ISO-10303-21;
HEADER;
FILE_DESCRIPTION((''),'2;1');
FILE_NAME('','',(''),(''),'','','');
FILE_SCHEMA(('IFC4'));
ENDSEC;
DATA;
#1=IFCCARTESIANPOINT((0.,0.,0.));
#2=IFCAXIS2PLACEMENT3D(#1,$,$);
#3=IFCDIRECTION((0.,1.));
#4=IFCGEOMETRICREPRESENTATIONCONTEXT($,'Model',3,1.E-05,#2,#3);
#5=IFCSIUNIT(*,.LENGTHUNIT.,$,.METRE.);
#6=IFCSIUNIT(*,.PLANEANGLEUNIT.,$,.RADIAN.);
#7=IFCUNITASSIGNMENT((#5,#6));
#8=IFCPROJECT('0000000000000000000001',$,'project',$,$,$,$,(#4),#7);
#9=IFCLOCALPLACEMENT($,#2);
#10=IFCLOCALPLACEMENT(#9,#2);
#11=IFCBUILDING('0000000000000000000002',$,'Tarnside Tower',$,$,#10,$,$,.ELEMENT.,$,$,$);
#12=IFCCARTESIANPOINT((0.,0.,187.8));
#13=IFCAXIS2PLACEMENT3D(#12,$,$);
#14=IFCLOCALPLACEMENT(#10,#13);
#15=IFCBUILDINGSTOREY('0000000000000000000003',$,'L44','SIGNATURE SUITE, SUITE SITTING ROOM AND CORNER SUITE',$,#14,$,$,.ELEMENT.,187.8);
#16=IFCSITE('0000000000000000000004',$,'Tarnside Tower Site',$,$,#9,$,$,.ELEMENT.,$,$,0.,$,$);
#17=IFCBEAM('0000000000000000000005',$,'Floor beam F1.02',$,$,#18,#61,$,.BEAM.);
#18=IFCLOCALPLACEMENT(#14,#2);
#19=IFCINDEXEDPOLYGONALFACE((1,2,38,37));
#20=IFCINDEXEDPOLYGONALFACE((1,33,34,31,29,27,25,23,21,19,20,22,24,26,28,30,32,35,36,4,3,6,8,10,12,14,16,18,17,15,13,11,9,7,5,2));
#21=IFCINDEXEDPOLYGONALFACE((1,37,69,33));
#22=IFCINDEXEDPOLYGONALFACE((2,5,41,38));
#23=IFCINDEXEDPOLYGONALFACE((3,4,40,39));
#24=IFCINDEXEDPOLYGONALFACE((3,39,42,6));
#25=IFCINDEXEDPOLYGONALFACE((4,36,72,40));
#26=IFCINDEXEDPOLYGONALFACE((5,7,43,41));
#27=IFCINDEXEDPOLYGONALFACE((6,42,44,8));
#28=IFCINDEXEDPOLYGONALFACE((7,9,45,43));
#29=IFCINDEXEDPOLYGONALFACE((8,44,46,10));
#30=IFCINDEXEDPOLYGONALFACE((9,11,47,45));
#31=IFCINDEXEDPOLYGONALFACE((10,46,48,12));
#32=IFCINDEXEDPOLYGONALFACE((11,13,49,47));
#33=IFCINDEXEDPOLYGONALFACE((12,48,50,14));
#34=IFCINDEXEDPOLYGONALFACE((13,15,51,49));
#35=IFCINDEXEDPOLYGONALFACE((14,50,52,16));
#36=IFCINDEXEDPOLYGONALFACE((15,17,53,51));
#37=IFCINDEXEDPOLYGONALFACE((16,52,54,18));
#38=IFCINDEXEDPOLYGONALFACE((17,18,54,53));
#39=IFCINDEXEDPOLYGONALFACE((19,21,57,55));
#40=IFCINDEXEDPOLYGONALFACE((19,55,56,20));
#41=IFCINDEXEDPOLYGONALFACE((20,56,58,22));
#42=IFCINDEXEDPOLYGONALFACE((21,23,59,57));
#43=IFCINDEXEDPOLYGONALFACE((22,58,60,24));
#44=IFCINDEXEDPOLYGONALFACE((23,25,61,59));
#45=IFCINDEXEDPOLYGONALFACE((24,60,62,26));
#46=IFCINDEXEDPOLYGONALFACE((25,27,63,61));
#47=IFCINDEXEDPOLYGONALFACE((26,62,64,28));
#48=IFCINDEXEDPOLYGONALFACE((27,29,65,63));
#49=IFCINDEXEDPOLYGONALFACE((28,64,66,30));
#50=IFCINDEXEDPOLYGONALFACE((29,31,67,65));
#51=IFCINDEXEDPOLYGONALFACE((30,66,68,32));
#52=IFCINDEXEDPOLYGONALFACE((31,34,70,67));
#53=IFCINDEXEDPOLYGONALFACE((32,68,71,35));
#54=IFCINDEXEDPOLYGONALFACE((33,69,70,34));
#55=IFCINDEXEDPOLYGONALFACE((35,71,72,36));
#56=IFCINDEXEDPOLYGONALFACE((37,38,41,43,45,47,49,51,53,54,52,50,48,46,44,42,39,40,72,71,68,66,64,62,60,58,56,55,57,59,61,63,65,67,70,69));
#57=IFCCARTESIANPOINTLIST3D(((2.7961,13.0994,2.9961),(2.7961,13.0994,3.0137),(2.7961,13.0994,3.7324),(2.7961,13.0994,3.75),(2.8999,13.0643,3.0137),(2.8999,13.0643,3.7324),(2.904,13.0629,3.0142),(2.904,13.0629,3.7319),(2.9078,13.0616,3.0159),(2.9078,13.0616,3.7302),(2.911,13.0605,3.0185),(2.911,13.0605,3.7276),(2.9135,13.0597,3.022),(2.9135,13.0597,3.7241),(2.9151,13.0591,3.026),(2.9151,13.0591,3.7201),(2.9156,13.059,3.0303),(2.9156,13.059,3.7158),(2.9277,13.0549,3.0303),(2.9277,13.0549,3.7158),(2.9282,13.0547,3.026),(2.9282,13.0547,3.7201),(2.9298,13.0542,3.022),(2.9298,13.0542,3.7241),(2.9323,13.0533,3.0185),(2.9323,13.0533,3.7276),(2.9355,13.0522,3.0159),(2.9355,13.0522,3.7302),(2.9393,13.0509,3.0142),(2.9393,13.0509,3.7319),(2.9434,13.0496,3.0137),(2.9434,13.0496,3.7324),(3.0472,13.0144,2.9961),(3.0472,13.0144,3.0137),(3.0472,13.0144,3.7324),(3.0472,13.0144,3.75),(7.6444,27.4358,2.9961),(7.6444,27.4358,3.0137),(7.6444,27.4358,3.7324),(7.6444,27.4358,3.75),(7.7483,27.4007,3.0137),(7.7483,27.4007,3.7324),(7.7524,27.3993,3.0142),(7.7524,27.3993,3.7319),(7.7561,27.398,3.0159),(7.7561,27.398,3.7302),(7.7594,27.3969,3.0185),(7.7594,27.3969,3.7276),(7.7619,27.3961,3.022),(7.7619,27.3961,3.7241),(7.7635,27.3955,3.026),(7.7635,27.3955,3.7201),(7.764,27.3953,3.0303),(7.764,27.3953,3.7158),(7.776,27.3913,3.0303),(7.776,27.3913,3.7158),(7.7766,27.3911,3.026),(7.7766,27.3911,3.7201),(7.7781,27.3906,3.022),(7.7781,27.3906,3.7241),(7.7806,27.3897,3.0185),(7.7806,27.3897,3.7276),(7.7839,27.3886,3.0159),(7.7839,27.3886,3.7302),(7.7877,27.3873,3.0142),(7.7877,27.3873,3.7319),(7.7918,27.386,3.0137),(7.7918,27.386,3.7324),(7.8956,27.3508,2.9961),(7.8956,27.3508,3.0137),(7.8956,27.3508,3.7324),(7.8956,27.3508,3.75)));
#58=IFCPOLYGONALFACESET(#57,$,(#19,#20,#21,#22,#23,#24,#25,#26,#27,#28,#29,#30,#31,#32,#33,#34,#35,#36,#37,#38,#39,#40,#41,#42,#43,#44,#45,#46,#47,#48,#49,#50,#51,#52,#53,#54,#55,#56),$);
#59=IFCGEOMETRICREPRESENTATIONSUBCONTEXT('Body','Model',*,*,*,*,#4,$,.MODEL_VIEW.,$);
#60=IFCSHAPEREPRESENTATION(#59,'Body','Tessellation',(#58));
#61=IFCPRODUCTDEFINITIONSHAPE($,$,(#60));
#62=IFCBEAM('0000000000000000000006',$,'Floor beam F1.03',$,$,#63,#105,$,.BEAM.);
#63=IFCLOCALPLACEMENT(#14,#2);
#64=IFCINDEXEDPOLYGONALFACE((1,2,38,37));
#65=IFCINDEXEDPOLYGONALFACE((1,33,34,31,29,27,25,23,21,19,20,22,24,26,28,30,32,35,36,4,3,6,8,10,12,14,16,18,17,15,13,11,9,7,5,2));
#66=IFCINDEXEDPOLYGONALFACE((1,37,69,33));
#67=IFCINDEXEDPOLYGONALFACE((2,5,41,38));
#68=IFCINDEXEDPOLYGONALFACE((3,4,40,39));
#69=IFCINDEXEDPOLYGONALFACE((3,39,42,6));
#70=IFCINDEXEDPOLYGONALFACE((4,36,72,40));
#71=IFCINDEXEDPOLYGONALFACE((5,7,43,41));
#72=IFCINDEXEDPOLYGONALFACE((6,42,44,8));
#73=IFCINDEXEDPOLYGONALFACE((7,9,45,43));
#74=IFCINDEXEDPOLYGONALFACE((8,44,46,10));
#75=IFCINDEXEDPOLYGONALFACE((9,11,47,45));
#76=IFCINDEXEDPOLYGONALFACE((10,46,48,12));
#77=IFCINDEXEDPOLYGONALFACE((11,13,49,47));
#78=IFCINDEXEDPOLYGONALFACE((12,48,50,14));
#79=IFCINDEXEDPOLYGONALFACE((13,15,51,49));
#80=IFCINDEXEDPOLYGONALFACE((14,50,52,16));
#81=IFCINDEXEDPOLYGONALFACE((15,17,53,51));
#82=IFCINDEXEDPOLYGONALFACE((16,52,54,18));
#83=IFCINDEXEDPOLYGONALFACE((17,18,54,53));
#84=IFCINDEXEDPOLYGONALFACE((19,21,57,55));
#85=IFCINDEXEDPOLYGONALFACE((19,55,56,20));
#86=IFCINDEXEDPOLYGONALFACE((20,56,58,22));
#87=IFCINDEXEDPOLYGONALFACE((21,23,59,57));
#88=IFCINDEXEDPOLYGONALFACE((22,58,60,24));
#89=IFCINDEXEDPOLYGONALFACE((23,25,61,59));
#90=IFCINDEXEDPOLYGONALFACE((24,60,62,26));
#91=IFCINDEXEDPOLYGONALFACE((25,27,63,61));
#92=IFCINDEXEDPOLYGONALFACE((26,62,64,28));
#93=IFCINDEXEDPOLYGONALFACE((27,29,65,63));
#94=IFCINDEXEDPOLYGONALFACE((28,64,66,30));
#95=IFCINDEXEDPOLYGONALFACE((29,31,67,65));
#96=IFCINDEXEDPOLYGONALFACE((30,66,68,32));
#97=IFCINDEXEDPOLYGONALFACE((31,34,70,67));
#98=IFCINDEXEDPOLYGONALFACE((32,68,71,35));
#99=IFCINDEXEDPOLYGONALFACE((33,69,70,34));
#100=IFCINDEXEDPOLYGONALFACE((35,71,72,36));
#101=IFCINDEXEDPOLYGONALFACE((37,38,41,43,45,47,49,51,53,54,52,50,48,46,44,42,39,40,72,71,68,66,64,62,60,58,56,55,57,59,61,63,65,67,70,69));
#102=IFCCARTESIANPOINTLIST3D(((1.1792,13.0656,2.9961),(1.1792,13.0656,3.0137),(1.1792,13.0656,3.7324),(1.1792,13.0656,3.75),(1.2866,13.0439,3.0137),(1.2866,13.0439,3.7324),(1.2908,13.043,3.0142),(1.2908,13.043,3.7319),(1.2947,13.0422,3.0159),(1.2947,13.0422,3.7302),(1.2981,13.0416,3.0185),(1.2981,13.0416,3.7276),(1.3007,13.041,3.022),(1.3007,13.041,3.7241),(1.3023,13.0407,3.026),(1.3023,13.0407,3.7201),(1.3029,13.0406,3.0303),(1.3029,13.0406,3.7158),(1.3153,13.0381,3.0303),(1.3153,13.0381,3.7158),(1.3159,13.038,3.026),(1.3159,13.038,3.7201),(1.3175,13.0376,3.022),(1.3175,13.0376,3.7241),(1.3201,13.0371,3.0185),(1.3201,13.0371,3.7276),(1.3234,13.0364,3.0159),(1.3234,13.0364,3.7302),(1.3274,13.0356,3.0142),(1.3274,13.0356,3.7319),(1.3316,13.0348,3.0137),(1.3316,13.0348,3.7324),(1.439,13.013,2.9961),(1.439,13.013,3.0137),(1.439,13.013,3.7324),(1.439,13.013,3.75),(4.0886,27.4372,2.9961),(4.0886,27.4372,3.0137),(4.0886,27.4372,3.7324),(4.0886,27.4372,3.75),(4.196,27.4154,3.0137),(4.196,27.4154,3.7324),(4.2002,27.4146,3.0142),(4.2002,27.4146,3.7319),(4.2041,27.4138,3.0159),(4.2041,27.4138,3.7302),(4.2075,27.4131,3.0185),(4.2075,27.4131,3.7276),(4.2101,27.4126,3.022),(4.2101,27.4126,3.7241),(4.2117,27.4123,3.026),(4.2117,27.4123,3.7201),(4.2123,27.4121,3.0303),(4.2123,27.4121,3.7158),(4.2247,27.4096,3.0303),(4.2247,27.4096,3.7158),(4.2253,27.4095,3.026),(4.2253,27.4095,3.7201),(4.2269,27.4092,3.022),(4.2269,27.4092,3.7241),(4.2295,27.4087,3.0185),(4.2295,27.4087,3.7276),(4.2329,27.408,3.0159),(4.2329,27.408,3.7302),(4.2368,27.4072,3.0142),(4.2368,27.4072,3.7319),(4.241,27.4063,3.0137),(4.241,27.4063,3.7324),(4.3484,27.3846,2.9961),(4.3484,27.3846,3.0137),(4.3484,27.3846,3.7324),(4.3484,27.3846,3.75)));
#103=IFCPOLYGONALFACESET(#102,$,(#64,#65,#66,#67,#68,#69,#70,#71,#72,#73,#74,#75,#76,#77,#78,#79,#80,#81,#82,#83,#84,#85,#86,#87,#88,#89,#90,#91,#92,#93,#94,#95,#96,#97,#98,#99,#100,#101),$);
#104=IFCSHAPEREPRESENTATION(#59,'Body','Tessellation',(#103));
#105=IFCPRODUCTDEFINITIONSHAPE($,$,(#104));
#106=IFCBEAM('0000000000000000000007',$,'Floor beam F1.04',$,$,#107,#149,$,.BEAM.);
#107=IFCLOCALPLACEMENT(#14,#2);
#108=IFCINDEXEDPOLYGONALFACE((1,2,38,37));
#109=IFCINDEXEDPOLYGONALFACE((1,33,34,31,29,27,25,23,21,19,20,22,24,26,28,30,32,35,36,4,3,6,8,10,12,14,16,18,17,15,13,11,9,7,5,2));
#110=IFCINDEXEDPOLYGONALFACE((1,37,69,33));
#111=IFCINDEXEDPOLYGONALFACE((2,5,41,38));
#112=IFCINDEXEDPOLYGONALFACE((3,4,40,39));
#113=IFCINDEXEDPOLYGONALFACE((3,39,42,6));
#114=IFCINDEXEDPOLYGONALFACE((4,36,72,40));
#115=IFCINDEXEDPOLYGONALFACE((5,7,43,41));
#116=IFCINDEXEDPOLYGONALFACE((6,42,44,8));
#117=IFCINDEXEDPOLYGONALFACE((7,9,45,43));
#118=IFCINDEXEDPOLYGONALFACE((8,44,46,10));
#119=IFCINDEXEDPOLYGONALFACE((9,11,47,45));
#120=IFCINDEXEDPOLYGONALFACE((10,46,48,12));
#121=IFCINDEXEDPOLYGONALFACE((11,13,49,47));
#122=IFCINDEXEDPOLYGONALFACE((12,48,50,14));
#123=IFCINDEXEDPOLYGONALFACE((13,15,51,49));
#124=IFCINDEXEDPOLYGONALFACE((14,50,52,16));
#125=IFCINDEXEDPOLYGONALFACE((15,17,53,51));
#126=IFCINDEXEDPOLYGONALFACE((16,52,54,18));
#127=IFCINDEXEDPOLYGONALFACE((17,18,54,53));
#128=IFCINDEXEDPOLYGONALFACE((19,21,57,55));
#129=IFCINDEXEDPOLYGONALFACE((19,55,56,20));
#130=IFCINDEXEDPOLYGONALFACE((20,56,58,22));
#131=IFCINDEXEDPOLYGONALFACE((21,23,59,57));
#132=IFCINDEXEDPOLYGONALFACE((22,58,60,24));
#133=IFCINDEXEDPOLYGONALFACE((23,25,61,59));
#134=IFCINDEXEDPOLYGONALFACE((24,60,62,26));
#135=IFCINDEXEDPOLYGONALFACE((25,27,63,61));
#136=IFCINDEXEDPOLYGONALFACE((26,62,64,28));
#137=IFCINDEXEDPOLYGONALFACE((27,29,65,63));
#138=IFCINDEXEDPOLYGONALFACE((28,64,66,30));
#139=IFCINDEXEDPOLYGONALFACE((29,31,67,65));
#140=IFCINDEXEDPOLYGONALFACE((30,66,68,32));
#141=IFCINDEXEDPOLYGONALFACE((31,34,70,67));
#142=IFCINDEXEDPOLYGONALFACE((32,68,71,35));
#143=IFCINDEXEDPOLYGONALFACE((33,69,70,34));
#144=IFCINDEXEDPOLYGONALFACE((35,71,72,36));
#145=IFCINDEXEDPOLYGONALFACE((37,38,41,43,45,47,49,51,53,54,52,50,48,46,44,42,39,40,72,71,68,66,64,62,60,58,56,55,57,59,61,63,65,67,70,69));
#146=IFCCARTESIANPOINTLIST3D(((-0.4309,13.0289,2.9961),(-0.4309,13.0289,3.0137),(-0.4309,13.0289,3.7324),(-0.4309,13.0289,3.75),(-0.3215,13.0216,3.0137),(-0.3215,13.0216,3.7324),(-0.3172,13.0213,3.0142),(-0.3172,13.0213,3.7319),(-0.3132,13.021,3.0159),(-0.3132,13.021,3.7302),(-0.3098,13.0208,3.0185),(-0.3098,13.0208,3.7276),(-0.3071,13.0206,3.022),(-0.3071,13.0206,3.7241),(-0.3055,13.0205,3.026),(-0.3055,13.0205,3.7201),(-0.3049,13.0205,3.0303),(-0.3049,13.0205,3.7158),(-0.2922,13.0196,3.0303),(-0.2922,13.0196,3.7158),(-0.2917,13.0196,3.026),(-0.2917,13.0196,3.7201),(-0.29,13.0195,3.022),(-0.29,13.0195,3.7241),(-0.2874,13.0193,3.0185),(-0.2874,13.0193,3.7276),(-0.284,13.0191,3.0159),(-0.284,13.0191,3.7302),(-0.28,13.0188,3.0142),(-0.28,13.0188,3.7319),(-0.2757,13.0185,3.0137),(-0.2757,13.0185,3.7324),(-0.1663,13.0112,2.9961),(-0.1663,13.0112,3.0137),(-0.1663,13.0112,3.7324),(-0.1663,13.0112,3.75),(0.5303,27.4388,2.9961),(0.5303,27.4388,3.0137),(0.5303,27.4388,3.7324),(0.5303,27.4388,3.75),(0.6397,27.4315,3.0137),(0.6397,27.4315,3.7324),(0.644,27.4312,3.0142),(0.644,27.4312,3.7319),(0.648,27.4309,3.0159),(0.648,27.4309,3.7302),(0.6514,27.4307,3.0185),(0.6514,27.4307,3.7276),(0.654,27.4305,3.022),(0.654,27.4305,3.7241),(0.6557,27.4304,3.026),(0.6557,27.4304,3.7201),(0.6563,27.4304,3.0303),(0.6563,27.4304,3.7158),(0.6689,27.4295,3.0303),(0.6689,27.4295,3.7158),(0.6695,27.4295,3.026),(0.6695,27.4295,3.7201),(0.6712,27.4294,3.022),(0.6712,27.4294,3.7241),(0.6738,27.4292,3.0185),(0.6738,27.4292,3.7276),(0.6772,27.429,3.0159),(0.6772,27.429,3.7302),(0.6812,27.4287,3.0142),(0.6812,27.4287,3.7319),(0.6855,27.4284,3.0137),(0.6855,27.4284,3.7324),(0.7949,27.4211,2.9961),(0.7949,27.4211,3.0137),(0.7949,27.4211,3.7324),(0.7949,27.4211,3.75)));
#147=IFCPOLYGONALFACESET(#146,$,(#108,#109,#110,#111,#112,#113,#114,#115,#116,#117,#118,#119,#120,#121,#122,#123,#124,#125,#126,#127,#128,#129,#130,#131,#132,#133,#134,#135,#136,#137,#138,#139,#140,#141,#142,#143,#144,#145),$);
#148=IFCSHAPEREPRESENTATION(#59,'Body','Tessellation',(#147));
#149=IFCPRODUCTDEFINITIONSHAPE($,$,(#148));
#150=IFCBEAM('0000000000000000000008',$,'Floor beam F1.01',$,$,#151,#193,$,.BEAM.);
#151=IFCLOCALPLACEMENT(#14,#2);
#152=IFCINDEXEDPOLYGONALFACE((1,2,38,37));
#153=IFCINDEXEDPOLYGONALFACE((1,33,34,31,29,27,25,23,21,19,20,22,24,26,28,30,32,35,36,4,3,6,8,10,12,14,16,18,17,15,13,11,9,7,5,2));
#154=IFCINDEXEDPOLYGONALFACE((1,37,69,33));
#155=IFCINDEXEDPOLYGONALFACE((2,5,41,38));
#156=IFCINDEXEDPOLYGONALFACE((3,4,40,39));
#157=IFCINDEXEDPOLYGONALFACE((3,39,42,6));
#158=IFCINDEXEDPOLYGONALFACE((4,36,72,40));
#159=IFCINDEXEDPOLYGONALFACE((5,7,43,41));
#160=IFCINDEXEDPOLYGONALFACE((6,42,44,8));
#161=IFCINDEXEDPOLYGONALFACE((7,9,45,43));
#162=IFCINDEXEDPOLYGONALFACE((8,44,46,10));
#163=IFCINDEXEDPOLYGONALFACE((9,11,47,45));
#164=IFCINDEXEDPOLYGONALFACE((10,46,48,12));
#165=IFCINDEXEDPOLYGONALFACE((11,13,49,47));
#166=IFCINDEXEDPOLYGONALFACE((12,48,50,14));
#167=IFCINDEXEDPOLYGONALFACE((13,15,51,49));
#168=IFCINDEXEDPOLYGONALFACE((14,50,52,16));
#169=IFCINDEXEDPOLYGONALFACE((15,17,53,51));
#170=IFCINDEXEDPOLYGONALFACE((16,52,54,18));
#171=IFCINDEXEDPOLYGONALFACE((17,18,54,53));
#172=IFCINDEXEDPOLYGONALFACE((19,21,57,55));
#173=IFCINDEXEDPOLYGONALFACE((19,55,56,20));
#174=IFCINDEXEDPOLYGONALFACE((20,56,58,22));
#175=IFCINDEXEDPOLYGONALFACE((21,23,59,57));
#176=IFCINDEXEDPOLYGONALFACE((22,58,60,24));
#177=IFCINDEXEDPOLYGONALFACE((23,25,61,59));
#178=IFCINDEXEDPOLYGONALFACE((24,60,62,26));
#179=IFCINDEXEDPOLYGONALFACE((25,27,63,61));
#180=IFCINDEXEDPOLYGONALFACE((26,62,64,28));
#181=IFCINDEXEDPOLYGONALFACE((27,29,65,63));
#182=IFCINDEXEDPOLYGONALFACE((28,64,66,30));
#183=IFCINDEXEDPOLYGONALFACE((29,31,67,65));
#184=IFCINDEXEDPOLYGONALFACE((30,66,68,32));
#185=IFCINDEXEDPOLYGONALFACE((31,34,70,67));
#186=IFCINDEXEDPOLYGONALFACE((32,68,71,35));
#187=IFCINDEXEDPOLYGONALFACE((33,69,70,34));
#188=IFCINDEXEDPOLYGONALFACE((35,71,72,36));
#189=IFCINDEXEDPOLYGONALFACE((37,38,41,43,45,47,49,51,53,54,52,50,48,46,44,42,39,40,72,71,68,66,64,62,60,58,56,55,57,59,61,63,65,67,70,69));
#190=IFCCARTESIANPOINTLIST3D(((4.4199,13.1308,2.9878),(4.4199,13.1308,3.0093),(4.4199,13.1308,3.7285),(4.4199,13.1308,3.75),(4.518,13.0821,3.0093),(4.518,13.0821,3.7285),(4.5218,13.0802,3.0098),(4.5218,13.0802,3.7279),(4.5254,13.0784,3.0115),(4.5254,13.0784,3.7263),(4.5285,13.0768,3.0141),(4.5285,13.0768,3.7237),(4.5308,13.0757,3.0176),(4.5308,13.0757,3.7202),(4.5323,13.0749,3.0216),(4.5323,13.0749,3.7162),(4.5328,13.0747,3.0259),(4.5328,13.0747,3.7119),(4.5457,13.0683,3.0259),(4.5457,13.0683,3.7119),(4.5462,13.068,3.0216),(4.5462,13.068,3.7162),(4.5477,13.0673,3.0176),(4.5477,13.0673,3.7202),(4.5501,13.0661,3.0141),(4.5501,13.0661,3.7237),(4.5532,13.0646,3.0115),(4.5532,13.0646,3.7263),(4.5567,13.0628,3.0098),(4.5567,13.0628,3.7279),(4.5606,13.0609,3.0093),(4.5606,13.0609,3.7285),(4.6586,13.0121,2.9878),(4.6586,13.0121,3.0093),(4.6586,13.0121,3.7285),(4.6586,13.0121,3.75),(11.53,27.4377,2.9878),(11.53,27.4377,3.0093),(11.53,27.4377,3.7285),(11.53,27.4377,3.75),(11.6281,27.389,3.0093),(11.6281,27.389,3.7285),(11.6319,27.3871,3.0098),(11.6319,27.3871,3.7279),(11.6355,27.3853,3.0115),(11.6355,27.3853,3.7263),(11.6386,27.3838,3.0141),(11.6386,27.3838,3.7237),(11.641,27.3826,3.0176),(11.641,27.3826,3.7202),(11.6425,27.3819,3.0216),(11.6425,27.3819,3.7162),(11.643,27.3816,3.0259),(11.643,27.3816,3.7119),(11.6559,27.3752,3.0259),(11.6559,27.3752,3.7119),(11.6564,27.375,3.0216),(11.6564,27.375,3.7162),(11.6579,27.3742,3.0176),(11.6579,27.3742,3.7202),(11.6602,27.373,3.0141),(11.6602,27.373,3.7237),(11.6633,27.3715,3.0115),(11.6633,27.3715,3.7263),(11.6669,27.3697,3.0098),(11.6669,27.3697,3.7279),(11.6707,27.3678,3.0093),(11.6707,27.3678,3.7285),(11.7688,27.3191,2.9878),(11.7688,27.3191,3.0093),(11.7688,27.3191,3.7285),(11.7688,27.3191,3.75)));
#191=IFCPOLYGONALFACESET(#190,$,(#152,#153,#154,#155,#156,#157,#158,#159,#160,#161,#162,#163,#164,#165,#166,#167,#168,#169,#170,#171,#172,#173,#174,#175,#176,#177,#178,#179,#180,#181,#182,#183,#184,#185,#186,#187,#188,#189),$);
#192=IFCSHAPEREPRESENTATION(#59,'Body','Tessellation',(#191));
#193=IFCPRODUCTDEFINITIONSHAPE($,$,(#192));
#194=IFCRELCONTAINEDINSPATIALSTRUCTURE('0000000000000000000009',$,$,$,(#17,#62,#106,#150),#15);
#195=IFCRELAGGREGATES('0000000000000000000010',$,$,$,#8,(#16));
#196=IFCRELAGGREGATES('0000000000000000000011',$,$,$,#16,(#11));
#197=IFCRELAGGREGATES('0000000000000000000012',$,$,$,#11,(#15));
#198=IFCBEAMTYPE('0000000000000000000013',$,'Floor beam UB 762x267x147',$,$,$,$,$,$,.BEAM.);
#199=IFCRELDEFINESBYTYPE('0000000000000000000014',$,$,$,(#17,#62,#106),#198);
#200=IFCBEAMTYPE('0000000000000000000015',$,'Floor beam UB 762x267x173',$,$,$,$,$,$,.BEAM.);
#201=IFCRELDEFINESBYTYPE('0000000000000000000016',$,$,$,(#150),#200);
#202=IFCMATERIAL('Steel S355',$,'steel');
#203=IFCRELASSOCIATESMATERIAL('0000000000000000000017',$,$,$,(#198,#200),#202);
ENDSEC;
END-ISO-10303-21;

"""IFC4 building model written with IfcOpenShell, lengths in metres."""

from ifc_helpers import new_model, si_unit, direction, frame, origin, origin_2d, place, context, subcontext, project, spatial, i_section, extrude, material, material_profile, profile_set, type_object, element, save


model = new_model("IFC4")

# Units and contexts
model_context = context("Model", 3, precision=1e-05, world=origin(), true_north=direction((0.0, 1.0)))
body_context = subcontext(model_context, "Body", "Model", "MODEL_VIEW")
ifc_project = project(units=[si_unit("LENGTHUNIT", "METRE"), si_unit("PLANEANGLEUNIT", "RADIAN")], contexts=[model_context])

# Site, building, storey
site_placement = place(None, origin())
site = spatial("IfcSite", under=ifc_project, at=site_placement, Name="Tarnside Tower Site", CompositionType="ELEMENT", RefElevation=0.0)
building_placement = place(site_placement, origin())
building = spatial("IfcBuilding", under=site, at=building_placement, Name="Tarnside Tower", CompositionType="ELEMENT")
storey_placement = place(building_placement, frame((0.0, 0.0, 187.8)))
storey = spatial("IfcBuildingStorey", under=building, at=storey_placement, Name="L44", Description="SIGNATURE SUITE, SUITE SITTING ROOM AND CORNER SUITE", CompositionType="ELEMENT", Elevation=187.8)

# Beams
ifc_material_1 = material(Name="Steel S355", Category="steel")
ifc_material_profile_1 = material_profile(ifc_material_1, i_section(OverallWidth=0.2651, OverallDepth=0.7539, WebThickness=0.0127, FlangeThickness=0.0176, FilletRadius=0.0166, at=origin_2d()), Name="UB 762x267x147")
ifc_profile_set_1 = profile_set([ifc_material_profile_1], Name="Steel S355")
beam_type_1 = type_object("IfcBeamType", Name="Floor beam UB 762x267x147", PredefinedType="BEAM", material=ifc_profile_set_1)
beam_1_placement = place(storey_placement, frame((7.77, 27.3933, 3.373), z_axis=(-0.320363, -0.947295, 0.0), x_axis=(0.947295, -0.320363, 0.0)))
element("IfcBeam", 1, at=beam_1_placement, inside=storey, type_object=beam_type_1, Name="Floor beam F1.02", PredefinedType="BEAM", context=body_context, shape_type="SweptSolid", body=[
    extrude(i_section(OverallWidth=0.2651, OverallDepth=0.7539, WebThickness=0.0127, FlangeThickness=0.0176, FilletRadius=0.0166, at=origin_2d()), origin(), (0.0, 0.0, 1.0), 15.134),
])
beam_2_placement = place(storey_placement, frame((4.2185, 27.4109, 3.373), z_axis=(-0.198418, -0.980118, 0.0), x_axis=(0.980118, -0.198418, 0.0)))
element("IfcBeam", 2, at=beam_2_placement, inside=storey, type_object=beam_type_1, Name="Floor beam F1.03", PredefinedType="BEAM", context=body_context, shape_type="SweptSolid", body=[
    extrude(i_section(OverallWidth=0.2651, OverallDepth=0.7539, WebThickness=0.0127, FlangeThickness=0.0176, FilletRadius=0.0166, at=origin_2d()), origin(), (0.0, 0.0, 1.0), 14.6631),
])
beam_3_placement = place(storey_placement, frame((0.6626, 27.4299, 3.373), z_axis=(-0.066555, -0.997783, 0.0), x_axis=(0.997783, -0.066555, 0.0)))
element("IfcBeam", 3, at=beam_3_placement, inside=storey, type_object=beam_type_1, Name="Floor beam F1.04", PredefinedType="BEAM", context=body_context, shape_type="SweptSolid", body=[
    extrude(i_section(OverallWidth=0.2651, OverallDepth=0.7539, WebThickness=0.0127, FlangeThickness=0.0176, FilletRadius=0.0166, at=origin_2d()), origin(), (0.0, 0.0, 1.0), 14.4419),
])
ifc_material_profile_2 = material_profile(ifc_material_1, i_section(OverallWidth=0.2666, OverallDepth=0.7622, WebThickness=0.0144, FlangeThickness=0.0215, FilletRadius=0.0166, at=origin_2d()), Name="UB 762x267x173")
ifc_profile_set_2 = profile_set([ifc_material_profile_2], Name="Steel S355")
beam_type_2 = type_object("IfcBeamType", Name="Floor beam UB 762x267x173", PredefinedType="BEAM", material=ifc_profile_set_2)
beam_4_placement = place(storey_placement, frame((11.6494, 27.3784, 3.3689), z_axis=(-0.445042, -0.89551, 0.0), x_axis=(0.89551, -0.445042, 0.0)))
element("IfcBeam", 4, at=beam_4_placement, inside=storey, type_object=beam_type_2, Name="Floor beam F1.01", PredefinedType="BEAM", context=body_context, shape_type="SweptSolid", body=[
    extrude(i_section(OverallWidth=0.2666, OverallDepth=0.7622, WebThickness=0.0144, FlangeThickness=0.0215, FilletRadius=0.0166, at=origin_2d()), origin(), (0.0, 0.0, 1.0), 15.9763),
])

save(model, "model.ifc")
